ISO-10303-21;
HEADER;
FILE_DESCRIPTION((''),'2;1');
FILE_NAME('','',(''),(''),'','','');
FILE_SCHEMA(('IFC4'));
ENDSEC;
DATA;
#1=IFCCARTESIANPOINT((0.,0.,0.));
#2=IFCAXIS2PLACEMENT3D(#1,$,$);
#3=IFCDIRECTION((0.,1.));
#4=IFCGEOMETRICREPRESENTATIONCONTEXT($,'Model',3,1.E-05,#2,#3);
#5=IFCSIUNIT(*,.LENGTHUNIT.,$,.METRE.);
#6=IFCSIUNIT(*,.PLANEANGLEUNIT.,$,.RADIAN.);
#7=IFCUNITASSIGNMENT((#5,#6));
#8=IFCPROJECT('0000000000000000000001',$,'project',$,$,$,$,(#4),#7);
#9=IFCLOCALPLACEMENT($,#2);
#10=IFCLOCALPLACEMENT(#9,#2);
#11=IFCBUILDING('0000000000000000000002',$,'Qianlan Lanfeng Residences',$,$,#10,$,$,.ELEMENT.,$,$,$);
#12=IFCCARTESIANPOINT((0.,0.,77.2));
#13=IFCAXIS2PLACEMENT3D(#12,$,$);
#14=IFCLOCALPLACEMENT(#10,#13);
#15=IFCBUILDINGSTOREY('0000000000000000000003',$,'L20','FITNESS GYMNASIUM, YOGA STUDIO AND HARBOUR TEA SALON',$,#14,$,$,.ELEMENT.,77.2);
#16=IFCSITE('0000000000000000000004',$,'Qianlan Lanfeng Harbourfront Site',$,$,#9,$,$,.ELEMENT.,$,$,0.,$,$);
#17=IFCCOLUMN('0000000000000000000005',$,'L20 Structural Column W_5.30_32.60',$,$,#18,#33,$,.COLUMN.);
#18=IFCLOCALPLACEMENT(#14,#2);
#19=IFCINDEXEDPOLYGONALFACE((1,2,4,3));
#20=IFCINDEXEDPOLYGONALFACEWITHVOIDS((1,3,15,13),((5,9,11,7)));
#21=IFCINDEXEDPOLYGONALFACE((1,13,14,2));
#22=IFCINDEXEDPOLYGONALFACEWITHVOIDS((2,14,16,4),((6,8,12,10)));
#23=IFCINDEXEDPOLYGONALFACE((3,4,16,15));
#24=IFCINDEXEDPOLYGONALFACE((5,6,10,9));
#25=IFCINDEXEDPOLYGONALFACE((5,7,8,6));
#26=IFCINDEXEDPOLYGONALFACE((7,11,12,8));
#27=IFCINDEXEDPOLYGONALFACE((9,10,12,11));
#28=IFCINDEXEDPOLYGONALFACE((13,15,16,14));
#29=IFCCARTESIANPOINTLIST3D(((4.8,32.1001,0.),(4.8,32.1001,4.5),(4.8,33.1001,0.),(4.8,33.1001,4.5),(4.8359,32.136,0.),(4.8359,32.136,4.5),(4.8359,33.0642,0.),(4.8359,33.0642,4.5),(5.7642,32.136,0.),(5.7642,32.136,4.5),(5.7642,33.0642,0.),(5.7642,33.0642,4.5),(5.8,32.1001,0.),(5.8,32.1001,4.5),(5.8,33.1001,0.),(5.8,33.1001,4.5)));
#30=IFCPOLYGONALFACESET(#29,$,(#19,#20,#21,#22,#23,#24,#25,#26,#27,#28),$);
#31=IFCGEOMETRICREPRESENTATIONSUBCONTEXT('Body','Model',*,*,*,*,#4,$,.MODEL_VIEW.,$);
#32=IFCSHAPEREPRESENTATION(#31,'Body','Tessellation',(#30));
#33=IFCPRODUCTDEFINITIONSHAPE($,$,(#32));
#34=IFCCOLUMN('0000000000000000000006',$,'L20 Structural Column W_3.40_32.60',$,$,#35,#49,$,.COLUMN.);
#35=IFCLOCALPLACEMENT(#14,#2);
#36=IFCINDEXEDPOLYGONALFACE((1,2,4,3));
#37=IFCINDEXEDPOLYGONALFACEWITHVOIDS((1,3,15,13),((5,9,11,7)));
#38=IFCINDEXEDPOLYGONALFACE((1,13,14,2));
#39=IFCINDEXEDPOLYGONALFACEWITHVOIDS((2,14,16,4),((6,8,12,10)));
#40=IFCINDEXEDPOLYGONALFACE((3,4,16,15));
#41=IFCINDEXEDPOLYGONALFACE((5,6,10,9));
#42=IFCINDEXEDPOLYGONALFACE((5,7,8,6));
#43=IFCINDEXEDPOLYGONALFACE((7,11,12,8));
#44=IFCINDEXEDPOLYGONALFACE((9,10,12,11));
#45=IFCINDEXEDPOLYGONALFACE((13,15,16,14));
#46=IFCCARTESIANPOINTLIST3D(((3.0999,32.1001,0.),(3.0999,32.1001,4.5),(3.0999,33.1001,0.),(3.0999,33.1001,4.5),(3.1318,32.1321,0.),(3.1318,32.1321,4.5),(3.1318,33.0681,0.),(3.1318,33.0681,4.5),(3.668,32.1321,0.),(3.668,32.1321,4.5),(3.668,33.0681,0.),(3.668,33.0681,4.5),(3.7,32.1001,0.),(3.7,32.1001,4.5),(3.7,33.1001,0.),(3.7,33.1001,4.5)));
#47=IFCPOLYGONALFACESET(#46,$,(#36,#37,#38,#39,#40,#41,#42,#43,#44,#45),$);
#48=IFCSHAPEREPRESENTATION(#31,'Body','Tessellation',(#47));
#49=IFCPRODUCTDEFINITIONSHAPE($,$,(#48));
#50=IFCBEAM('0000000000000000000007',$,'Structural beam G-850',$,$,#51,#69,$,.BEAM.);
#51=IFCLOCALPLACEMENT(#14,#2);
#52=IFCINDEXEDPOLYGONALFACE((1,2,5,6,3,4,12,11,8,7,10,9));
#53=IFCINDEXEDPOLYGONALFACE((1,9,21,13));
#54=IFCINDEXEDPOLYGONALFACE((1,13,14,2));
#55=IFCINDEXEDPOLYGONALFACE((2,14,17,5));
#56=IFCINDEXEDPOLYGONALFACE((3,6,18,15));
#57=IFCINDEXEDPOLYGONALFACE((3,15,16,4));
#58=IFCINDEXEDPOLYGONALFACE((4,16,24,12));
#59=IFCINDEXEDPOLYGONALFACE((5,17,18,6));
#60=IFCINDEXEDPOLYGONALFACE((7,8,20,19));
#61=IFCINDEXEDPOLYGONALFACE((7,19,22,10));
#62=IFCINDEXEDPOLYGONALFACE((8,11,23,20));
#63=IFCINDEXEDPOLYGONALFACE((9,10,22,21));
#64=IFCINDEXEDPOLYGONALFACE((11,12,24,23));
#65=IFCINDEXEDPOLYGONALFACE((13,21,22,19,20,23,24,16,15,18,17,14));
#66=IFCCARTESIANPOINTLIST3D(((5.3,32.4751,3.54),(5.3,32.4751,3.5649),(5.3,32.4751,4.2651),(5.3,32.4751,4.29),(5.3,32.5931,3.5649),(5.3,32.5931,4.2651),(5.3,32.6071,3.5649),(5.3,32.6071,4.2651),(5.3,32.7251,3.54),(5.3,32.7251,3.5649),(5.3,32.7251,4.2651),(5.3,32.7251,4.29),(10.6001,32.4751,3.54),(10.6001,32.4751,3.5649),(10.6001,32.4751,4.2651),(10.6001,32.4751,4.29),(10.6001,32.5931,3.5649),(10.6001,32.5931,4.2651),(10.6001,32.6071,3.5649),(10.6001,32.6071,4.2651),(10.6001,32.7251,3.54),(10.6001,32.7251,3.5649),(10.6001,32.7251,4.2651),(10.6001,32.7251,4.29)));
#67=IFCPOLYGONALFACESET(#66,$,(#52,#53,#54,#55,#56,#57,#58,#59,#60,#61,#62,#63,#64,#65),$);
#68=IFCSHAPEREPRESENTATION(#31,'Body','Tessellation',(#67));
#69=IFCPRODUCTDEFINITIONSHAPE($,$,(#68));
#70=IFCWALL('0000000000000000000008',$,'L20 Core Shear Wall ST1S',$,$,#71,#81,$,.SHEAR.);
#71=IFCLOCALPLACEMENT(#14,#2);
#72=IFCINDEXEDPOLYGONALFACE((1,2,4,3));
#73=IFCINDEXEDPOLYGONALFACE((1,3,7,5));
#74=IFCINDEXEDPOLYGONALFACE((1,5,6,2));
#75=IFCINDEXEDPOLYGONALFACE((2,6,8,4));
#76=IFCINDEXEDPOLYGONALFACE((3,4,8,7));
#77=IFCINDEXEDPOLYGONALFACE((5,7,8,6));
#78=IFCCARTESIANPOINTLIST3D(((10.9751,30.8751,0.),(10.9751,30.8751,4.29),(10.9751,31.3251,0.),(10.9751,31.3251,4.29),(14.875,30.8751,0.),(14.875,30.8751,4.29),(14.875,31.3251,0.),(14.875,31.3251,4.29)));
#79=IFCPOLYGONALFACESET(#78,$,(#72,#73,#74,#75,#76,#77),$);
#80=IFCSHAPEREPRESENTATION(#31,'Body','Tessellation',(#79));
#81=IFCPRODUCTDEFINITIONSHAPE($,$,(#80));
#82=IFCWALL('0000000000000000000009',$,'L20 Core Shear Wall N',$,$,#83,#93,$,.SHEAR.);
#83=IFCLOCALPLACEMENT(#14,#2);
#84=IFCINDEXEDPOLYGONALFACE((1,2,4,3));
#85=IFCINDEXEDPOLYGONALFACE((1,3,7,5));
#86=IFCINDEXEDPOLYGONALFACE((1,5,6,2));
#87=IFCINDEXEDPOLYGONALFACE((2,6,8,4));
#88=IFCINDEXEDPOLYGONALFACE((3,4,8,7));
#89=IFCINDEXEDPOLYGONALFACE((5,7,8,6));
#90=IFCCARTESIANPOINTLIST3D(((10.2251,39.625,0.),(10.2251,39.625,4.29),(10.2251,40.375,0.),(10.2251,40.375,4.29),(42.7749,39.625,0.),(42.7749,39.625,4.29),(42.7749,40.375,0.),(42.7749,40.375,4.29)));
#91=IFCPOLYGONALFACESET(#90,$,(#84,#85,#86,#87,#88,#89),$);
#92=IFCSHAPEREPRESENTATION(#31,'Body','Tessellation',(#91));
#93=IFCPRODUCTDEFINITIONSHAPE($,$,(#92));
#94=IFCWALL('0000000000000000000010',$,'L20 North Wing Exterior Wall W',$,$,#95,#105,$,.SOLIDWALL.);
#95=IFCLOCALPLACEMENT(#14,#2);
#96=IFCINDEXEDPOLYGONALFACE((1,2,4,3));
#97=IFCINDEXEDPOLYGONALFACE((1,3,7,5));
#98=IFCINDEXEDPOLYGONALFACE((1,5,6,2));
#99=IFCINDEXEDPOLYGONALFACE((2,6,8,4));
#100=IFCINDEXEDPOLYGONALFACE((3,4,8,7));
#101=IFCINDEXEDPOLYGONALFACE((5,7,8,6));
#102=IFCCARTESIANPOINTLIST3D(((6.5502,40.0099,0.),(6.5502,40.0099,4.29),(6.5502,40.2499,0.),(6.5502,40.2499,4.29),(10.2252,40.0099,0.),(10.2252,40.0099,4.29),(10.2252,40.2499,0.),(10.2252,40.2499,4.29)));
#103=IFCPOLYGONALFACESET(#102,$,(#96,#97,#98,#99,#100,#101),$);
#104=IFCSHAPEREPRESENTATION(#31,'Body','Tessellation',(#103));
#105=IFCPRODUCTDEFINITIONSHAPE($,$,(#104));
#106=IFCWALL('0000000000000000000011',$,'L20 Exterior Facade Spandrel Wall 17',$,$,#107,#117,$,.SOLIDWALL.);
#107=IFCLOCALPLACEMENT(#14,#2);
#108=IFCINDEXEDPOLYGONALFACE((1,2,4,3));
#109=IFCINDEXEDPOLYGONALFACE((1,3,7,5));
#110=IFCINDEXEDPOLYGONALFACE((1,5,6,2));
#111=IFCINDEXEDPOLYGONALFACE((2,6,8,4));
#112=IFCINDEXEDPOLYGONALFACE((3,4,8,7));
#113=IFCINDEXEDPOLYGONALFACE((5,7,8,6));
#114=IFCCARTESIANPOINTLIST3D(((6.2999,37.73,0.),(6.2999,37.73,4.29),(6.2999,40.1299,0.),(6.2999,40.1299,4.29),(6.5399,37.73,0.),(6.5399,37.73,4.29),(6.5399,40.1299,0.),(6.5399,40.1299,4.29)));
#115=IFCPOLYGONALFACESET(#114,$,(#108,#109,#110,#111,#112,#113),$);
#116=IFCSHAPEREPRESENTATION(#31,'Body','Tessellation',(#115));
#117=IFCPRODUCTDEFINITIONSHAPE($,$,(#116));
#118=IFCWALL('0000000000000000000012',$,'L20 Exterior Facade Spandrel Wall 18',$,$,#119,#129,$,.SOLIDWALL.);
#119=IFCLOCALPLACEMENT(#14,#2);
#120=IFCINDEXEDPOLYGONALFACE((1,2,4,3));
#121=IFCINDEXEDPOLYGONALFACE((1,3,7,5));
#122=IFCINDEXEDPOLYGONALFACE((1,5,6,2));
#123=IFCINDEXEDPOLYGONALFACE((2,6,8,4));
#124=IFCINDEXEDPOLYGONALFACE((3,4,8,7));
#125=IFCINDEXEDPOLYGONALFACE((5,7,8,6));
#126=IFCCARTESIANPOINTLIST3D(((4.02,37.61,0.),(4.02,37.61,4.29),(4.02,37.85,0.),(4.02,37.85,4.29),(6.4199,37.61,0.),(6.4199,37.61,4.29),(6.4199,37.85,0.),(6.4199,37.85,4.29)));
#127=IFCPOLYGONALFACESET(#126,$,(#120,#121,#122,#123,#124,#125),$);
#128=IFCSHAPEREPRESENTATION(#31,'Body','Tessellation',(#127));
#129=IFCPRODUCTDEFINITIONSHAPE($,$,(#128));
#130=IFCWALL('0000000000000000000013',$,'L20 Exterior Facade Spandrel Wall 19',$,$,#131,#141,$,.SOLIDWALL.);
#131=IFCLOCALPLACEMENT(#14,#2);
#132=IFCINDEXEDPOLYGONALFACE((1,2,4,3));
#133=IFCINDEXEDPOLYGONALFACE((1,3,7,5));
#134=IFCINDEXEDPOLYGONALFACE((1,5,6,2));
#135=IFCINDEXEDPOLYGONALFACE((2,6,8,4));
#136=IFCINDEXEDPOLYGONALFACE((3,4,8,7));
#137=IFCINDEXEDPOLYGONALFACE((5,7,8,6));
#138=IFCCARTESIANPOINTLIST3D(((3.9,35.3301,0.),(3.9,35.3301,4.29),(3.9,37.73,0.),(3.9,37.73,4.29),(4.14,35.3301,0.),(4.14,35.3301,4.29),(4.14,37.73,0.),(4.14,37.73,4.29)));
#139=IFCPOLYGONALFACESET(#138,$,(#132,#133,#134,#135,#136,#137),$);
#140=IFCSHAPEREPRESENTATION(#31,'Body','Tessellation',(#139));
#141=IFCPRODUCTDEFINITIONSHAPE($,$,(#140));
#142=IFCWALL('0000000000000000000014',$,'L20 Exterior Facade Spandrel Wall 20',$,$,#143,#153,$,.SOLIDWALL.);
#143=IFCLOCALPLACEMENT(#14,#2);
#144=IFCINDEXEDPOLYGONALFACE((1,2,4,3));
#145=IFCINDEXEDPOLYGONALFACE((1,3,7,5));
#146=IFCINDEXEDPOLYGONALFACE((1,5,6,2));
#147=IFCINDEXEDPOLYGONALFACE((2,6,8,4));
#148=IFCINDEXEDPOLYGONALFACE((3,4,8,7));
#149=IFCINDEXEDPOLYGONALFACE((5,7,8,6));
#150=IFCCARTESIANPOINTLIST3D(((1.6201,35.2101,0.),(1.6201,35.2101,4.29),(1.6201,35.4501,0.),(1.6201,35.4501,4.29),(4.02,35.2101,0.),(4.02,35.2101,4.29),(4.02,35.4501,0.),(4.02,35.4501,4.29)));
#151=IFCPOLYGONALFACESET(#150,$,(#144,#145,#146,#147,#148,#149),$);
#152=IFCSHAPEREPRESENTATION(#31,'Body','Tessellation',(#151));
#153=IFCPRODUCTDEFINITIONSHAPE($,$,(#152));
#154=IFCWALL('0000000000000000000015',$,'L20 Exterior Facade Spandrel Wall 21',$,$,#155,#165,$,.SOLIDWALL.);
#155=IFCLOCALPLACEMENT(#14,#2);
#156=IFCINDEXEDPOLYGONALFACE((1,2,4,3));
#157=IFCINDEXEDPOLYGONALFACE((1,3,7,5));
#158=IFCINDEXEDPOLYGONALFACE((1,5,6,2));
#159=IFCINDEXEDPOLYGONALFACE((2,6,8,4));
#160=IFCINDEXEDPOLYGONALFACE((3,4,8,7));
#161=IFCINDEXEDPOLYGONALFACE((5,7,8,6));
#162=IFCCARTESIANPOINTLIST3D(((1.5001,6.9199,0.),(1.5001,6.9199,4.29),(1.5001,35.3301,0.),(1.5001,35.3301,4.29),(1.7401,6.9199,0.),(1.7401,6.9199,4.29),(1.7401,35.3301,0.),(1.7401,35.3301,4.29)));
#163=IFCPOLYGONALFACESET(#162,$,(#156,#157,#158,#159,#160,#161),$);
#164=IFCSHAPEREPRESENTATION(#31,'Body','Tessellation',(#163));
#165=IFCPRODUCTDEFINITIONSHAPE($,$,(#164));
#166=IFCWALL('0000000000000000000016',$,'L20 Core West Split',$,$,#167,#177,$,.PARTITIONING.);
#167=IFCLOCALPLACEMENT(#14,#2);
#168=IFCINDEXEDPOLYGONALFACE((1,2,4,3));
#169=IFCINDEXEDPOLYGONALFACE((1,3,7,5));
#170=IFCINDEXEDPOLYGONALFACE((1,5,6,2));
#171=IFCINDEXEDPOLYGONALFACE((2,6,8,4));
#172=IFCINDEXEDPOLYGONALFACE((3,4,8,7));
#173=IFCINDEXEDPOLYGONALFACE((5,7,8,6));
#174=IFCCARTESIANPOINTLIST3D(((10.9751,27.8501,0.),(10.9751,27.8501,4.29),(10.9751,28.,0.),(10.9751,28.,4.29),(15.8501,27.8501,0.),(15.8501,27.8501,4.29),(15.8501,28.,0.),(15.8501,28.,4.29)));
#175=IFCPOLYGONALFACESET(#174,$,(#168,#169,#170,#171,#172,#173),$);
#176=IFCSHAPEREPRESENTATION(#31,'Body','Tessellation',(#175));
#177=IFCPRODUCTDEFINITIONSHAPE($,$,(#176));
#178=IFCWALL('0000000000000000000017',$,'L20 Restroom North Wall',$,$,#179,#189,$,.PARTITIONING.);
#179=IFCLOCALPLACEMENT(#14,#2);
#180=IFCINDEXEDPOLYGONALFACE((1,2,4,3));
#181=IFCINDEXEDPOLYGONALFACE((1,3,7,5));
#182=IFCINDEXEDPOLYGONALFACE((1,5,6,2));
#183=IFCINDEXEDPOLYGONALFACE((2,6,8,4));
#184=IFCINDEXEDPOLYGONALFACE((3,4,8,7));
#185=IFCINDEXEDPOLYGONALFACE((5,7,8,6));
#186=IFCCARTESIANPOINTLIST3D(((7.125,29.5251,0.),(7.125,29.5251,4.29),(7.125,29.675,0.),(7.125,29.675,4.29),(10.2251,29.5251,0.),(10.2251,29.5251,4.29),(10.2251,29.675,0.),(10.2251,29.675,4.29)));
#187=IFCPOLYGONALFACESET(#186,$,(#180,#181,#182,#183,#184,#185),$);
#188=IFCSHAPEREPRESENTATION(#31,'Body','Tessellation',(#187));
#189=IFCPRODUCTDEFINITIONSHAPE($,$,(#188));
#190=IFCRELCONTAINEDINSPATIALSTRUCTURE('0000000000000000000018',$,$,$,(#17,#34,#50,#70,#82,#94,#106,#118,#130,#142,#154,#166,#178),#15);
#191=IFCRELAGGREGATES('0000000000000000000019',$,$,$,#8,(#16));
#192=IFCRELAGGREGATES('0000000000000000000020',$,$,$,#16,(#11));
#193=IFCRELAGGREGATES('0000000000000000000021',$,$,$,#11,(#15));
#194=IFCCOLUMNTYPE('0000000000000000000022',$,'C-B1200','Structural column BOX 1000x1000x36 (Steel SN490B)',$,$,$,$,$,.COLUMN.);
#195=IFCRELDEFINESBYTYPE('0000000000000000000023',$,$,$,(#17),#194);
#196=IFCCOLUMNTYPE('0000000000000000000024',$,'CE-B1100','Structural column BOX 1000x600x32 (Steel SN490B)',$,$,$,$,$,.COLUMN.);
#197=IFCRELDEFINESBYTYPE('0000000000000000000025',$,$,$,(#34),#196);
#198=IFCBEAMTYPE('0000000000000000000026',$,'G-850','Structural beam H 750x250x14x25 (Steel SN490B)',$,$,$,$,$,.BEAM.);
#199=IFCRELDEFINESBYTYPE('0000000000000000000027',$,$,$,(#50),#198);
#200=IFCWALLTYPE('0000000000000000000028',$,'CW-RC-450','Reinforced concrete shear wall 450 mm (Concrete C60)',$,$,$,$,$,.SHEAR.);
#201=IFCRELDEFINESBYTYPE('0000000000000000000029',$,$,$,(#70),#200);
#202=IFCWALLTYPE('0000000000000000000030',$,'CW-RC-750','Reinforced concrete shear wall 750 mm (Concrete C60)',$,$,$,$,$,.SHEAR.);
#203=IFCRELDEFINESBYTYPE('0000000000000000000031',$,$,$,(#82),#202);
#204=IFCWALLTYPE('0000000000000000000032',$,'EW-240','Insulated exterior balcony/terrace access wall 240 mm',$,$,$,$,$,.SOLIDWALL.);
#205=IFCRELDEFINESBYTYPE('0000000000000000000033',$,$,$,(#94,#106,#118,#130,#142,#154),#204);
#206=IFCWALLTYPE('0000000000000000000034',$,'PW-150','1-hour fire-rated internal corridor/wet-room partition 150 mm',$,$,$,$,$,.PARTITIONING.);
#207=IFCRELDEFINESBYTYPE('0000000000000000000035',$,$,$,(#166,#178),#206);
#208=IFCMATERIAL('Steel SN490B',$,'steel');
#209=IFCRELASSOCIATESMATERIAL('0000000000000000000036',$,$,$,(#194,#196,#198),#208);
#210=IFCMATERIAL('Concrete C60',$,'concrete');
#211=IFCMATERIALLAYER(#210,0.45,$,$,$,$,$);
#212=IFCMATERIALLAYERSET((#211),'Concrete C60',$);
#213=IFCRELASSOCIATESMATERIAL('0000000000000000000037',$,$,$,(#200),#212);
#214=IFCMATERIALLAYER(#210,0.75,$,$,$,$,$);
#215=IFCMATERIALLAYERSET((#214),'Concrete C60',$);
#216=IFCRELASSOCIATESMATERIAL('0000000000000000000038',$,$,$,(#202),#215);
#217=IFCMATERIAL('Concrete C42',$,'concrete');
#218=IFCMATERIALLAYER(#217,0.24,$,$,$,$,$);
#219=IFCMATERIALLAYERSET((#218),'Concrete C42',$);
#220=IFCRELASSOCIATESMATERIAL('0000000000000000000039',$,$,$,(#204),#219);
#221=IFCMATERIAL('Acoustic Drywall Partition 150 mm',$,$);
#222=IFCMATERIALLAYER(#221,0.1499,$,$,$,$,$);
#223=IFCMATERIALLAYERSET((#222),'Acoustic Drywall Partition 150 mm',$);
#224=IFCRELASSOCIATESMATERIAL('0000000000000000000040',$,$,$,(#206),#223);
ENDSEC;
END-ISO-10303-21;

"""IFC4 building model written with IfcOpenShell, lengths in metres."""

from ifc_helpers import new_model, si_unit, direction, frame, frame_2d, origin, origin_2d, place, context, subcontext, project, spatial, rectangle, hollow_rectangle, i_section, extrude, material, layer, layer_set, material_profile, profile_set, type_object, element, save


model = new_model("IFC4")

# Units and contexts
model_context = context("Model", 3, precision=1e-05, world=origin(), true_north=direction((0.0, 1.0)))
body_context = subcontext(model_context, "Body", "Model", "MODEL_VIEW")
ifc_project = project(units=[si_unit("LENGTHUNIT", "METRE"), si_unit("PLANEANGLEUNIT", "RADIAN")], contexts=[model_context])

# Site, building, storey
site_placement = place(None, origin())
site = spatial("IfcSite", under=ifc_project, at=site_placement, Name="Qianlan Lanfeng Harbourfront Site", CompositionType="ELEMENT", RefElevation=0.0)
building_placement = place(site_placement, origin())
building = spatial("IfcBuilding", under=site, at=building_placement, Name="Qianlan Lanfeng Residences", CompositionType="ELEMENT")
storey_placement = place(building_placement, frame((0.0, 0.0, 77.2)))
storey = spatial("IfcBuildingStorey", under=building, at=storey_placement, Name="L20", Description="FITNESS GYMNASIUM, YOGA STUDIO AND HARBOUR TEA SALON", CompositionType="ELEMENT", Elevation=77.2)

# Columns
ifc_material_1 = material(Name="Steel SN490B", Category="steel")
ifc_material_profile_1 = material_profile(ifc_material_1, hollow_rectangle(XDim=1.0, YDim=1.0, WallThickness=0.0359, at=origin_2d()), Name="BOX 1000x1000x36")
ifc_profile_set_1 = profile_set([ifc_material_profile_1], Name="Steel SN490B")
column_type_1 = type_object("IfcColumnType", Name="C-B1200", Description="Structural column BOX 1000x1000x36 (Steel SN490B)", PredefinedType="COLUMN", material=ifc_profile_set_1)
column_1_placement = place(storey_placement, frame((5.3, 32.6001, 0.0), z_axis=(0.0, 0.0, 1.0), x_axis=(1.0, 0.0, 0.0)))
element("IfcColumn", 1, at=column_1_placement, inside=storey, type_object=column_type_1, Name="L20 Structural Column W_5.30_32.60", PredefinedType="COLUMN", context=body_context, shape_type="SweptSolid", body=[
    extrude(hollow_rectangle(XDim=1.0, YDim=1.0, WallThickness=0.0359, at=origin_2d()), origin(), (0.0, 0.0, 1.0), 4.5),
])
ifc_material_profile_2 = material_profile(ifc_material_1, hollow_rectangle(XDim=0.6001, YDim=1.0, WallThickness=0.032, at=origin_2d()), Name="BOX 1000x600x32")
ifc_profile_set_2 = profile_set([ifc_material_profile_2], Name="Steel SN490B")
column_type_2 = type_object("IfcColumnType", Name="CE-B1100", Description="Structural column BOX 1000x600x32 (Steel SN490B)", PredefinedType="COLUMN", material=ifc_profile_set_2)
column_2_placement = place(storey_placement, frame((3.3999, 32.6001, 0.0), z_axis=(0.0, 0.0, 1.0), x_axis=(1.0, 0.0, 0.0)))
element("IfcColumn", 2, at=column_2_placement, inside=storey, type_object=column_type_2, Name="L20 Structural Column W_3.40_32.60", PredefinedType="COLUMN", context=body_context, shape_type="SweptSolid", body=[
    extrude(hollow_rectangle(XDim=0.6001, YDim=1.0, WallThickness=0.032, at=origin_2d()), origin(), (0.0, 0.0, 1.0), 4.5),
])

# Beam
ifc_material_profile_3 = material_profile(ifc_material_1, i_section(OverallWidth=0.25, OverallDepth=0.75, WebThickness=0.0139, FlangeThickness=0.0249, at=origin_2d()), Name="H 750x250x14x25")
ifc_profile_set_3 = profile_set([ifc_material_profile_3], Name="Steel SN490B")
beam_type = type_object("IfcBeamType", Name="G-850", Description="Structural beam H 750x250x14x25 (Steel SN490B)", PredefinedType="BEAM", material=ifc_profile_set_3)
beam_placement = place(storey_placement, frame((5.3, 32.6001, 3.915), z_axis=(1.0, 0.0, 0.0), x_axis=(0.0, 1.0, 0.0)))
element("IfcBeam", 3, at=beam_placement, inside=storey, type_object=beam_type, Name="Structural beam G-850", PredefinedType="BEAM", context=body_context, shape_type="SweptSolid", body=[
    extrude(i_section(OverallWidth=0.25, OverallDepth=0.75, WebThickness=0.0139, FlangeThickness=0.0249, at=origin_2d()), origin(), (0.0, 0.0, 1.0), 5.3),
])

# Walls
ifc_material_2 = material(Name="Concrete C60", Category="concrete")
ifc_layer_1 = layer(ifc_material_2, 0.45)
ifc_layer_set_1 = layer_set([ifc_layer_1], Name="Concrete C60")
wall_type_1 = type_object("IfcWallType", Name="CW-RC-450", Description="Reinforced concrete shear wall 450 mm (Concrete C60)", PredefinedType="SHEAR", material=ifc_layer_set_1)
wall_1_placement = place(storey_placement, frame((10.9751, 31.1001, 0.0), z_axis=(0.0, 0.0, 1.0), x_axis=(1.0, 0.0, 0.0)))
element("IfcWall", 4, at=wall_1_placement, inside=storey, type_object=wall_type_1, Name="L20 Core Shear Wall ST1S", PredefinedType="SHEAR", context=body_context, shape_type="SweptSolid", body=[
    extrude(rectangle(XDim=3.8999, YDim=0.45, at=frame_2d((1.95, 0.0))), origin(), (0.0, 0.0, 1.0), 4.29),
])
ifc_layer_2 = layer(ifc_material_2, 0.75)
ifc_layer_set_2 = layer_set([ifc_layer_2], Name="Concrete C60")
wall_type_2 = type_object("IfcWallType", Name="CW-RC-750", Description="Reinforced concrete shear wall 750 mm (Concrete C60)", PredefinedType="SHEAR", material=ifc_layer_set_2)
wall_2_placement = place(storey_placement, frame((10.2251, 40.0, 0.0), z_axis=(0.0, 0.0, 1.0), x_axis=(1.0, 0.0, 0.0)))
element("IfcWall", 5, at=wall_2_placement, inside=storey, type_object=wall_type_2, Name="L20 Core Shear Wall N", PredefinedType="SHEAR", context=body_context, shape_type="SweptSolid", body=[
    extrude(rectangle(XDim=32.5498, YDim=0.75, at=frame_2d((16.2749, 0.0))), origin(), (0.0, 0.0, 1.0), 4.29),
])
ifc_material_3 = material(Name="Concrete C42", Category="concrete")
ifc_layer_3 = layer(ifc_material_3, 0.24)
ifc_layer_set_3 = layer_set([ifc_layer_3], Name="Concrete C42")
wall_type_3 = type_object("IfcWallType", Name="EW-240", Description="Insulated exterior balcony/terrace access wall 240 mm", PredefinedType="SOLIDWALL", material=ifc_layer_set_3)
wall_3_placement = place(storey_placement, frame((10.2251, 40.1299, 0.0), z_axis=(0.0, 0.0, 1.0), x_axis=(-1.0, 0.0, 0.0)))
element("IfcWall", 6, at=wall_3_placement, inside=storey, type_object=wall_type_3, Name="L20 North Wing Exterior Wall W", PredefinedType="SOLIDWALL", context=body_context, shape_type="SweptSolid", body=[
    extrude(rectangle(XDim=3.675, YDim=0.24, at=frame_2d((1.8374, 0.0))), origin(), (0.0, 0.0, 1.0), 4.29),
])
for number, where, z_axis, x_axis, name in (
    (7, (6.4199, 40.1299, 0.0), (0.0, 0.0, 1.0), (0.0, -1.0, 0.0), "L20 Exterior Facade Spandrel Wall 17"),
    (8, (6.4199, 37.73, 0.0), (0.0, 0.0, 1.0), (-1.0, 0.0, 0.0), "L20 Exterior Facade Spandrel Wall 18"),
    (9, (4.02, 37.73, 0.0), (0.0, 0.0, 1.0), (0.0, -1.0, 0.0), "L20 Exterior Facade Spandrel Wall 19"),
    (10, (4.02, 35.3301, 0.0), (0.0, 0.0, 1.0), (-1.0, 0.0, 0.0), "L20 Exterior Facade Spandrel Wall 20"),
):
    element("IfcWall", number, at=place(storey_placement, frame(where, z_axis=z_axis, x_axis=x_axis)), inside=storey, type_object=wall_type_3, Name=name, PredefinedType="SOLIDWALL", context=body_context, shape_type="SweptSolid", body=[
        extrude(rectangle(XDim=2.3999, YDim=0.24, at=frame_2d((1.2, 0.0))), origin(), (0.0, 0.0, 1.0), 4.29),
    ])
wall_4_placement = place(storey_placement, frame((1.6201, 35.3301, 0.0), z_axis=(0.0, 0.0, 1.0), x_axis=(0.0, -1.0, 0.0)))
element("IfcWall", 11, at=wall_4_placement, inside=storey, type_object=wall_type_3, Name="L20 Exterior Facade Spandrel Wall 21", PredefinedType="SOLIDWALL", context=body_context, shape_type="SweptSolid", body=[
    extrude(rectangle(XDim=28.4102, YDim=0.24, at=frame_2d((14.2051, 0.0))), origin(), (0.0, 0.0, 1.0), 4.29),
])
ifc_material_4 = material(Name="Acoustic Drywall Partition 150 mm")
ifc_layer_4 = layer(ifc_material_4, 0.1499)
ifc_layer_set_4 = layer_set([ifc_layer_4], Name="Acoustic Drywall Partition 150 mm")
wall_type_4 = type_object("IfcWallType", Name="PW-150", Description="1-hour fire-rated internal corridor/wet-room partition 150 mm", PredefinedType="PARTITIONING", material=ifc_layer_set_4)
wall_5_placement = place(storey_placement, frame((10.9751, 27.925, 0.0), z_axis=(0.0, 0.0, 1.0), x_axis=(1.0, 0.0, 0.0)))
element("IfcWall", 12, at=wall_5_placement, inside=storey, type_object=wall_type_4, Name="L20 Core West Split", PredefinedType="PARTITIONING", context=body_context, shape_type="SweptSolid", body=[
    extrude(rectangle(XDim=4.875, YDim=0.1499, at=frame_2d((2.4375, 0.0))), origin(), (0.0, 0.0, 1.0), 4.29),
])
wall_6_placement = place(storey_placement, frame((7.125, 29.6001, 0.0), z_axis=(0.0, 0.0, 1.0), x_axis=(1.0, 0.0, 0.0)))
element("IfcWall", 13, at=wall_6_placement, inside=storey, type_object=wall_type_4, Name="L20 Restroom North Wall", PredefinedType="PARTITIONING", context=body_context, shape_type="SweptSolid", body=[
    extrude(rectangle(XDim=3.1001, YDim=0.1499, at=frame_2d((1.55, 0.0))), origin(), (0.0, 0.0, 1.0), 4.29),
])

save(model, "model.ifc")
